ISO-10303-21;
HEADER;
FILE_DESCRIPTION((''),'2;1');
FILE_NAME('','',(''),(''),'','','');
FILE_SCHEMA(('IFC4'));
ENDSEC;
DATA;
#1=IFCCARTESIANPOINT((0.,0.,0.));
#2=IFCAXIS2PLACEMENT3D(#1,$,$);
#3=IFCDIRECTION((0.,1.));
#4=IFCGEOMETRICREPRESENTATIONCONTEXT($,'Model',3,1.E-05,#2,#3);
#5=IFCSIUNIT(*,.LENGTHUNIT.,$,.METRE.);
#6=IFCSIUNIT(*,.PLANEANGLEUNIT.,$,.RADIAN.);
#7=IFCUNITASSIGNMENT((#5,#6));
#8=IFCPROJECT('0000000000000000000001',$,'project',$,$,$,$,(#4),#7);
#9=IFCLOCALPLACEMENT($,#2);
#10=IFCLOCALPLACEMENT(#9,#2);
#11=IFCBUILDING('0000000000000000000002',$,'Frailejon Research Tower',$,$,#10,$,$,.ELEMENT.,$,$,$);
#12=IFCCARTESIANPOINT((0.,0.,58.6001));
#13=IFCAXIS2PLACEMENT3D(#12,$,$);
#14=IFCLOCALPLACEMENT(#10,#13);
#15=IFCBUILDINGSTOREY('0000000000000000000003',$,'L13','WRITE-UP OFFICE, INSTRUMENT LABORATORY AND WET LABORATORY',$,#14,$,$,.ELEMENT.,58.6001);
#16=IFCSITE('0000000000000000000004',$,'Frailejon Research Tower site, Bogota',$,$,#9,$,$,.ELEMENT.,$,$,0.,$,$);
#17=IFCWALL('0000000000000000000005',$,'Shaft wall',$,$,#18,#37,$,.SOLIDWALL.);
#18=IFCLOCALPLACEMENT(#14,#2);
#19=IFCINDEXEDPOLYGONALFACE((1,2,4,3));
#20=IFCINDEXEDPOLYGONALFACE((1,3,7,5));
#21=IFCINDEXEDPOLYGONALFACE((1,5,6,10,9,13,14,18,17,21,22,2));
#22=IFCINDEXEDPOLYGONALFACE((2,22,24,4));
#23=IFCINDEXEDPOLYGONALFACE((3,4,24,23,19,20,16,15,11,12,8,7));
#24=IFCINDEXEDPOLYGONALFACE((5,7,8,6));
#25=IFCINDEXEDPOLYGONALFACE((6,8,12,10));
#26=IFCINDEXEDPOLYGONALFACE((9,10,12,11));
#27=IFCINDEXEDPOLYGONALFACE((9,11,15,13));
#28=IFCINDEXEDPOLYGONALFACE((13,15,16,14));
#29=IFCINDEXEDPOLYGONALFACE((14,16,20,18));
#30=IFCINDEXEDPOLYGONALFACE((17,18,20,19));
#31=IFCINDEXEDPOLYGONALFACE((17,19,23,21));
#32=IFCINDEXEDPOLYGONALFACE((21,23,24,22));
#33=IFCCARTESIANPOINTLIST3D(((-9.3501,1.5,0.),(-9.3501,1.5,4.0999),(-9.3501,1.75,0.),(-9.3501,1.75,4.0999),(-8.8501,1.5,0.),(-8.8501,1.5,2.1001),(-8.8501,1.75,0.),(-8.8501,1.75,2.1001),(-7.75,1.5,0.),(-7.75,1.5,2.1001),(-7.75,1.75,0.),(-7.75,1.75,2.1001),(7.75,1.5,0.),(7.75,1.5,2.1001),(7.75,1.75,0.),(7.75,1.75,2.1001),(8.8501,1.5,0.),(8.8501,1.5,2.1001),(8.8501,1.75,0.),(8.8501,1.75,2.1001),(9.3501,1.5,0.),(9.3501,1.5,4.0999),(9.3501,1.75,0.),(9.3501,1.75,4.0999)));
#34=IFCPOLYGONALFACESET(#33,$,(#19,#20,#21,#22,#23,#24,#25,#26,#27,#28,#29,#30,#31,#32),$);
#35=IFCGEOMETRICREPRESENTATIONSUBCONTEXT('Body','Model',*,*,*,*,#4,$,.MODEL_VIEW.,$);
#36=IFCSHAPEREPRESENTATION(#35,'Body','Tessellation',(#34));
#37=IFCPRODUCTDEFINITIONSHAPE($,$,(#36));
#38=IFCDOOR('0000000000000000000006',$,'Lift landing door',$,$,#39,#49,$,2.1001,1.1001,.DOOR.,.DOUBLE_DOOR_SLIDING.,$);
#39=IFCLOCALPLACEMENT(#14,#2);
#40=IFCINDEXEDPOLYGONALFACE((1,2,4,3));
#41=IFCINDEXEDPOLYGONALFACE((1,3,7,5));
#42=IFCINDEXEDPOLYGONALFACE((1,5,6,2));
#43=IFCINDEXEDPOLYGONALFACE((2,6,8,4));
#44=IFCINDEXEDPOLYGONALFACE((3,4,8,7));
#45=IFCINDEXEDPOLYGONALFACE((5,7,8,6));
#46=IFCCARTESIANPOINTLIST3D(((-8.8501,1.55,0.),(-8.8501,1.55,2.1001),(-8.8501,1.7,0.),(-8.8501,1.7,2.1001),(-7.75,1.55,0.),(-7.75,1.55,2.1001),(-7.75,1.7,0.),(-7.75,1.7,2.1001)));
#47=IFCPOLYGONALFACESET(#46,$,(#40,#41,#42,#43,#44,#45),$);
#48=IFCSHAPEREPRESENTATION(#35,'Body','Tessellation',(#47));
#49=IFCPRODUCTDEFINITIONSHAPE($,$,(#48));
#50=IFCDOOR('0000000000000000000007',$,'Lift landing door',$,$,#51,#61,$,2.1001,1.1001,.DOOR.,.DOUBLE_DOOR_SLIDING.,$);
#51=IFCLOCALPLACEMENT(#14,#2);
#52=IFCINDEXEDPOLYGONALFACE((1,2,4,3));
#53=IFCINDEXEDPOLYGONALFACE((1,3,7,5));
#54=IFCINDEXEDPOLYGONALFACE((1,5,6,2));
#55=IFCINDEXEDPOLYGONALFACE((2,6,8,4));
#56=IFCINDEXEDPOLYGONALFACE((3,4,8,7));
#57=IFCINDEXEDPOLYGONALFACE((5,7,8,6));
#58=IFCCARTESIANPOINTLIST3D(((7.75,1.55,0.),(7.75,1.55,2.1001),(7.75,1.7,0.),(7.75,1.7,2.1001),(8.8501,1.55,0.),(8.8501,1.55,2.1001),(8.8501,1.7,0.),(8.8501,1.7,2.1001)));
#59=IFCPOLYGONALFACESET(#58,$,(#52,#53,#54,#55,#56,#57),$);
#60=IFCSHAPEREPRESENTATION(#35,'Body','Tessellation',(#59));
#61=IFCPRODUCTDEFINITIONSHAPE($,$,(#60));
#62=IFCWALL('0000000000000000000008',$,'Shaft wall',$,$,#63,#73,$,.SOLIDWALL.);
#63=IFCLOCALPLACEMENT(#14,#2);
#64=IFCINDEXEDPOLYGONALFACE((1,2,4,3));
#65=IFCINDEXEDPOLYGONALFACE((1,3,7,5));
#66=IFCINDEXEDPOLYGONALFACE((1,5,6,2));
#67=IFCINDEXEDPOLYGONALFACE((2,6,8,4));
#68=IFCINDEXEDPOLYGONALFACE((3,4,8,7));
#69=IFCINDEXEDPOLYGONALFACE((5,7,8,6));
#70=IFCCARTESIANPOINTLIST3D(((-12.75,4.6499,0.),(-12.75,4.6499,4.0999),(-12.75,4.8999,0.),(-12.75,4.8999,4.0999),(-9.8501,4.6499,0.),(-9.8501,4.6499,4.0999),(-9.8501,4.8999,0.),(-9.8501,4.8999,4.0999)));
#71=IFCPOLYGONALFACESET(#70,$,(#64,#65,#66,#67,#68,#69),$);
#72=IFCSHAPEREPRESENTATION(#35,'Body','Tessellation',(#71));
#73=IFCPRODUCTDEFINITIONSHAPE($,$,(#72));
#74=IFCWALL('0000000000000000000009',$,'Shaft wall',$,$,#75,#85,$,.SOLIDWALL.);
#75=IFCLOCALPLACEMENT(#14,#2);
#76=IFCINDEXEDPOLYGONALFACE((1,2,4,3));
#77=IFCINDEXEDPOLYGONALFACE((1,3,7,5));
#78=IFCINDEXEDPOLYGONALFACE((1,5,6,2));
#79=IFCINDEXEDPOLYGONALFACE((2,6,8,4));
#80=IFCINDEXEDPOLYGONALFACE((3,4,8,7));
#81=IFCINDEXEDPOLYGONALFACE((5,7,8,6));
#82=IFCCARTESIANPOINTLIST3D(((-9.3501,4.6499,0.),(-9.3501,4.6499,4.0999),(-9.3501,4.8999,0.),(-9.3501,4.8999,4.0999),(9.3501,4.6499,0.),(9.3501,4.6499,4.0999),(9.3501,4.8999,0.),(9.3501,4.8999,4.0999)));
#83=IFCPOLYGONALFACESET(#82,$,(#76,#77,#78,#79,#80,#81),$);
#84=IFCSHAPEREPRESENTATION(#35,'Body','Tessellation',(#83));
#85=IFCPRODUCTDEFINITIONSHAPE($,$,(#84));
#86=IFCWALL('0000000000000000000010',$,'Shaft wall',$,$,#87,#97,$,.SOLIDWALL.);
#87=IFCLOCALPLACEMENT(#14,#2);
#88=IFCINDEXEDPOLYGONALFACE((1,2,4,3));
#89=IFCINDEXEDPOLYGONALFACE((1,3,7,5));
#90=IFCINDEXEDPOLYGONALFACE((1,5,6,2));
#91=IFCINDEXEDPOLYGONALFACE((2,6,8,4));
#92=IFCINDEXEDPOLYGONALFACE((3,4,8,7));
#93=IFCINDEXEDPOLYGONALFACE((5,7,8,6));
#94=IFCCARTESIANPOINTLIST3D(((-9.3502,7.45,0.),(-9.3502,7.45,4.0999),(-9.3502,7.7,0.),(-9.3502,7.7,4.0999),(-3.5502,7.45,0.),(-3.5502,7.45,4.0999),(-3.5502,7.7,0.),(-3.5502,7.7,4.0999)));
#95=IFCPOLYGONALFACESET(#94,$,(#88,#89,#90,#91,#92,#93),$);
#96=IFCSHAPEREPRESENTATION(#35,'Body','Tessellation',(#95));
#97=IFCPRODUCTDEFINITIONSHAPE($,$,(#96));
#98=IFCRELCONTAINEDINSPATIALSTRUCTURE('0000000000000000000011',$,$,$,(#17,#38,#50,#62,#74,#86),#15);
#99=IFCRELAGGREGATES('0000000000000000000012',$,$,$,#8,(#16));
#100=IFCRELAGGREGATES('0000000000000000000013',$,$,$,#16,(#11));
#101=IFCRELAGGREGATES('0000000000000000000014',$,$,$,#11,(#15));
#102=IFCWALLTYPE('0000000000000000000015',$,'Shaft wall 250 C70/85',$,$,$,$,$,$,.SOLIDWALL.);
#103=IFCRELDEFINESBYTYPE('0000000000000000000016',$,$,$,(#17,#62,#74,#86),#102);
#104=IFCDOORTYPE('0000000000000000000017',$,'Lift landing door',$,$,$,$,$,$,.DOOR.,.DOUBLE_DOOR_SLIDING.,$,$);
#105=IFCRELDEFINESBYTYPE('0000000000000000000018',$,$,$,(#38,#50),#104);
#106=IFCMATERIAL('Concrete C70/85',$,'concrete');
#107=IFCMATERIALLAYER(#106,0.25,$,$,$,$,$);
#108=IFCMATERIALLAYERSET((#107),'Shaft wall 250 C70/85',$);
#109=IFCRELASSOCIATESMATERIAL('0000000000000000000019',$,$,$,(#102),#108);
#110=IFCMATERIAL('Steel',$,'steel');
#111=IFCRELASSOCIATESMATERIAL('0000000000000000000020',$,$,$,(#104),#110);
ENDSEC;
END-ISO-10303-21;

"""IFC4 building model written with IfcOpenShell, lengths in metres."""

from ifc_helpers import new_model, si_unit, direction, frame, frame_2d, origin, place, context, subcontext, project, spatial, rectangle, extrude, material, layer, layer_set, type_object, element, fill, save


model = new_model("IFC4")

# Units and contexts
model_context = context("Model", 3, precision=1e-05, world=origin(), true_north=direction((0.0, 1.0)))
body_context = subcontext(model_context, "Body", "Model", "MODEL_VIEW")
ifc_project = project(units=[si_unit("LENGTHUNIT", "METRE"), si_unit("PLANEANGLEUNIT", "RADIAN")], contexts=[model_context])

# Site, building, storey
site_placement = place(None, origin())
site = spatial("IfcSite", under=ifc_project, at=site_placement, Name="Frailejon Research Tower site, Bogota", CompositionType="ELEMENT", RefElevation=0.0)
building_placement = place(site_placement, origin())
building = spatial("IfcBuilding", under=site, at=building_placement, Name="Frailejon Research Tower", CompositionType="ELEMENT")
storey_placement = place(building_placement, frame((0.0, 0.0, 58.6001)))
storey = spatial("IfcBuildingStorey", under=building, at=storey_placement, Name="L13", Description="WRITE-UP OFFICE, INSTRUMENT LABORATORY AND WET LABORATORY", CompositionType="ELEMENT", Elevation=58.6001)

# Shared definitions
ifc_material_1 = material(Name="Concrete C70/85", Category="concrete")
ifc_layer_1 = layer(ifc_material_1, 0.25)
ifc_layer_set_1 = layer_set([ifc_layer_1], Name="Shaft wall 250 C70/85")
wall_type_1 = type_object("IfcWallType", Name="Shaft wall 250 C70/85", PredefinedType="SOLIDWALL", material=ifc_layer_set_1)
ifc_material_2 = material(Name="Steel", Category="steel")
door_type_1 = type_object("IfcDoorType", Name="Lift landing door", OperationType="DOUBLE_DOOR_SLIDING", PredefinedType="DOOR", material=ifc_material_2)

# Wall, openings, doors
wall_1_placement = place(storey_placement, frame((-9.3501, 1.625, 0.0), z_axis=(0.0, 0.0, 1.0), x_axis=(1.0, 0.0, 0.0)))
wall_1 = element("IfcWall", 1, at=wall_1_placement, inside=storey, type_object=wall_type_1, Name="Shaft wall", PredefinedType="SOLIDWALL", context=body_context, shape_type="SweptSolid", body=[
    extrude(rectangle(XDim=18.7002, YDim=0.25, at=frame_2d((9.3501, 0.0))), origin(), (0.0, 0.0, 1.0), 4.0999),
])
opening_1_placement = place(wall_1_placement, frame((0.5, 0.0, 0.0)))
opening_1 = element("IfcOpeningElement", 2, at=opening_1_placement, cuts=wall_1, PredefinedType="OPENING", context=body_context, shape_type="SweptSolid", body=[
    extrude(rectangle(XDim=1.1001, YDim=2.1001, at=frame_2d((0.55, 1.05))), frame((0.0, 0.135, 0.0), z_axis=(0.0, -1.0, 0.0), x_axis=(1.0, 0.0, 0.0)), (0.0, 0.0, 1.0), 0.27),
])
opening_2_placement = place(wall_1_placement, frame((17.1001, 0.0, 0.0)))
opening_2 = element("IfcOpeningElement", 3, at=opening_2_placement, cuts=wall_1, PredefinedType="OPENING", context=body_context, shape_type="SweptSolid", body=[
    extrude(rectangle(XDim=1.1001, YDim=2.1001, at=frame_2d((0.55, 1.05))), frame((0.0, 0.135, 0.0), z_axis=(0.0, -1.0, 0.0), x_axis=(1.0, 0.0, 0.0)), (0.0, 0.0, 1.0), 0.27),
])
door_1_placement = place(opening_1_placement, origin())
door_1 = element("IfcDoor", 4, at=door_1_placement, inside=storey, type_object=door_type_1, Name="Lift landing door", OperationType="DOUBLE_DOOR_SLIDING", OverallHeight=2.1001, OverallWidth=1.1001, PredefinedType="DOOR", context=body_context, shape_type="SweptSolid", body=[
    extrude(rectangle(XDim=1.1001, YDim=2.1001, at=frame_2d((0.55, 1.05))), frame((0.0, 0.075, 0.0), z_axis=(0.0, -1.0, 0.0), x_axis=(1.0, 0.0, 0.0)), (0.0, 0.0, 1.0), 0.1499),
])
fill(opening_1, door_1)
door_2_placement = place(opening_2_placement, origin())
door_2 = element("IfcDoor", 5, at=door_2_placement, inside=storey, type_object=door_type_1, Name="Lift landing door", OperationType="DOUBLE_DOOR_SLIDING", OverallHeight=2.1001, OverallWidth=1.1001, PredefinedType="DOOR", context=body_context, shape_type="SweptSolid", body=[
    extrude(rectangle(XDim=1.1001, YDim=2.1001, at=frame_2d((0.55, 1.05))), frame((0.0, 0.075, 0.0), z_axis=(0.0, -1.0, 0.0), x_axis=(1.0, 0.0, 0.0)), (0.0, 0.0, 1.0), 0.1499),
])
fill(opening_2, door_2)

# Walls
wall_2_placement = place(storey_placement, frame((-12.75, 4.7749, 0.0), z_axis=(0.0, 0.0, 1.0), x_axis=(1.0, 0.0, 0.0)))
element("IfcWall", 6, at=wall_2_placement, inside=storey, type_object=wall_type_1, Name="Shaft wall", PredefinedType="SOLIDWALL", context=body_context, shape_type="SweptSolid", body=[
    extrude(rectangle(XDim=2.8999, YDim=0.25, at=frame_2d((1.45, 0.0))), origin(), (0.0, 0.0, 1.0), 4.0999),
])
wall_3_placement = place(storey_placement, frame((-9.3501, 4.7749, 0.0), z_axis=(0.0, 0.0, 1.0), x_axis=(1.0, 0.0, 0.0)))
element("IfcWall", 7, at=wall_3_placement, inside=storey, type_object=wall_type_1, Name="Shaft wall", PredefinedType="SOLIDWALL", context=body_context, shape_type="SweptSolid", body=[
    extrude(rectangle(XDim=18.7002, YDim=0.25, at=frame_2d((9.3501, 0.0))), origin(), (0.0, 0.0, 1.0), 4.0999),
])
wall_4_placement = place(storey_placement, frame((-9.3501, 7.575, 0.0), z_axis=(0.0, 0.0, 1.0), x_axis=(1.0, 0.0, 0.0)))
element("IfcWall", 8, at=wall_4_placement, inside=storey, type_object=wall_type_1, Name="Shaft wall", PredefinedType="SOLIDWALL", context=body_context, shape_type="SweptSolid", body=[
    extrude(rectangle(XDim=5.8, YDim=0.25, at=frame_2d((2.8999, 0.0))), origin(), (0.0, 0.0, 1.0), 4.0999),
])

save(model, "model.ifc")
